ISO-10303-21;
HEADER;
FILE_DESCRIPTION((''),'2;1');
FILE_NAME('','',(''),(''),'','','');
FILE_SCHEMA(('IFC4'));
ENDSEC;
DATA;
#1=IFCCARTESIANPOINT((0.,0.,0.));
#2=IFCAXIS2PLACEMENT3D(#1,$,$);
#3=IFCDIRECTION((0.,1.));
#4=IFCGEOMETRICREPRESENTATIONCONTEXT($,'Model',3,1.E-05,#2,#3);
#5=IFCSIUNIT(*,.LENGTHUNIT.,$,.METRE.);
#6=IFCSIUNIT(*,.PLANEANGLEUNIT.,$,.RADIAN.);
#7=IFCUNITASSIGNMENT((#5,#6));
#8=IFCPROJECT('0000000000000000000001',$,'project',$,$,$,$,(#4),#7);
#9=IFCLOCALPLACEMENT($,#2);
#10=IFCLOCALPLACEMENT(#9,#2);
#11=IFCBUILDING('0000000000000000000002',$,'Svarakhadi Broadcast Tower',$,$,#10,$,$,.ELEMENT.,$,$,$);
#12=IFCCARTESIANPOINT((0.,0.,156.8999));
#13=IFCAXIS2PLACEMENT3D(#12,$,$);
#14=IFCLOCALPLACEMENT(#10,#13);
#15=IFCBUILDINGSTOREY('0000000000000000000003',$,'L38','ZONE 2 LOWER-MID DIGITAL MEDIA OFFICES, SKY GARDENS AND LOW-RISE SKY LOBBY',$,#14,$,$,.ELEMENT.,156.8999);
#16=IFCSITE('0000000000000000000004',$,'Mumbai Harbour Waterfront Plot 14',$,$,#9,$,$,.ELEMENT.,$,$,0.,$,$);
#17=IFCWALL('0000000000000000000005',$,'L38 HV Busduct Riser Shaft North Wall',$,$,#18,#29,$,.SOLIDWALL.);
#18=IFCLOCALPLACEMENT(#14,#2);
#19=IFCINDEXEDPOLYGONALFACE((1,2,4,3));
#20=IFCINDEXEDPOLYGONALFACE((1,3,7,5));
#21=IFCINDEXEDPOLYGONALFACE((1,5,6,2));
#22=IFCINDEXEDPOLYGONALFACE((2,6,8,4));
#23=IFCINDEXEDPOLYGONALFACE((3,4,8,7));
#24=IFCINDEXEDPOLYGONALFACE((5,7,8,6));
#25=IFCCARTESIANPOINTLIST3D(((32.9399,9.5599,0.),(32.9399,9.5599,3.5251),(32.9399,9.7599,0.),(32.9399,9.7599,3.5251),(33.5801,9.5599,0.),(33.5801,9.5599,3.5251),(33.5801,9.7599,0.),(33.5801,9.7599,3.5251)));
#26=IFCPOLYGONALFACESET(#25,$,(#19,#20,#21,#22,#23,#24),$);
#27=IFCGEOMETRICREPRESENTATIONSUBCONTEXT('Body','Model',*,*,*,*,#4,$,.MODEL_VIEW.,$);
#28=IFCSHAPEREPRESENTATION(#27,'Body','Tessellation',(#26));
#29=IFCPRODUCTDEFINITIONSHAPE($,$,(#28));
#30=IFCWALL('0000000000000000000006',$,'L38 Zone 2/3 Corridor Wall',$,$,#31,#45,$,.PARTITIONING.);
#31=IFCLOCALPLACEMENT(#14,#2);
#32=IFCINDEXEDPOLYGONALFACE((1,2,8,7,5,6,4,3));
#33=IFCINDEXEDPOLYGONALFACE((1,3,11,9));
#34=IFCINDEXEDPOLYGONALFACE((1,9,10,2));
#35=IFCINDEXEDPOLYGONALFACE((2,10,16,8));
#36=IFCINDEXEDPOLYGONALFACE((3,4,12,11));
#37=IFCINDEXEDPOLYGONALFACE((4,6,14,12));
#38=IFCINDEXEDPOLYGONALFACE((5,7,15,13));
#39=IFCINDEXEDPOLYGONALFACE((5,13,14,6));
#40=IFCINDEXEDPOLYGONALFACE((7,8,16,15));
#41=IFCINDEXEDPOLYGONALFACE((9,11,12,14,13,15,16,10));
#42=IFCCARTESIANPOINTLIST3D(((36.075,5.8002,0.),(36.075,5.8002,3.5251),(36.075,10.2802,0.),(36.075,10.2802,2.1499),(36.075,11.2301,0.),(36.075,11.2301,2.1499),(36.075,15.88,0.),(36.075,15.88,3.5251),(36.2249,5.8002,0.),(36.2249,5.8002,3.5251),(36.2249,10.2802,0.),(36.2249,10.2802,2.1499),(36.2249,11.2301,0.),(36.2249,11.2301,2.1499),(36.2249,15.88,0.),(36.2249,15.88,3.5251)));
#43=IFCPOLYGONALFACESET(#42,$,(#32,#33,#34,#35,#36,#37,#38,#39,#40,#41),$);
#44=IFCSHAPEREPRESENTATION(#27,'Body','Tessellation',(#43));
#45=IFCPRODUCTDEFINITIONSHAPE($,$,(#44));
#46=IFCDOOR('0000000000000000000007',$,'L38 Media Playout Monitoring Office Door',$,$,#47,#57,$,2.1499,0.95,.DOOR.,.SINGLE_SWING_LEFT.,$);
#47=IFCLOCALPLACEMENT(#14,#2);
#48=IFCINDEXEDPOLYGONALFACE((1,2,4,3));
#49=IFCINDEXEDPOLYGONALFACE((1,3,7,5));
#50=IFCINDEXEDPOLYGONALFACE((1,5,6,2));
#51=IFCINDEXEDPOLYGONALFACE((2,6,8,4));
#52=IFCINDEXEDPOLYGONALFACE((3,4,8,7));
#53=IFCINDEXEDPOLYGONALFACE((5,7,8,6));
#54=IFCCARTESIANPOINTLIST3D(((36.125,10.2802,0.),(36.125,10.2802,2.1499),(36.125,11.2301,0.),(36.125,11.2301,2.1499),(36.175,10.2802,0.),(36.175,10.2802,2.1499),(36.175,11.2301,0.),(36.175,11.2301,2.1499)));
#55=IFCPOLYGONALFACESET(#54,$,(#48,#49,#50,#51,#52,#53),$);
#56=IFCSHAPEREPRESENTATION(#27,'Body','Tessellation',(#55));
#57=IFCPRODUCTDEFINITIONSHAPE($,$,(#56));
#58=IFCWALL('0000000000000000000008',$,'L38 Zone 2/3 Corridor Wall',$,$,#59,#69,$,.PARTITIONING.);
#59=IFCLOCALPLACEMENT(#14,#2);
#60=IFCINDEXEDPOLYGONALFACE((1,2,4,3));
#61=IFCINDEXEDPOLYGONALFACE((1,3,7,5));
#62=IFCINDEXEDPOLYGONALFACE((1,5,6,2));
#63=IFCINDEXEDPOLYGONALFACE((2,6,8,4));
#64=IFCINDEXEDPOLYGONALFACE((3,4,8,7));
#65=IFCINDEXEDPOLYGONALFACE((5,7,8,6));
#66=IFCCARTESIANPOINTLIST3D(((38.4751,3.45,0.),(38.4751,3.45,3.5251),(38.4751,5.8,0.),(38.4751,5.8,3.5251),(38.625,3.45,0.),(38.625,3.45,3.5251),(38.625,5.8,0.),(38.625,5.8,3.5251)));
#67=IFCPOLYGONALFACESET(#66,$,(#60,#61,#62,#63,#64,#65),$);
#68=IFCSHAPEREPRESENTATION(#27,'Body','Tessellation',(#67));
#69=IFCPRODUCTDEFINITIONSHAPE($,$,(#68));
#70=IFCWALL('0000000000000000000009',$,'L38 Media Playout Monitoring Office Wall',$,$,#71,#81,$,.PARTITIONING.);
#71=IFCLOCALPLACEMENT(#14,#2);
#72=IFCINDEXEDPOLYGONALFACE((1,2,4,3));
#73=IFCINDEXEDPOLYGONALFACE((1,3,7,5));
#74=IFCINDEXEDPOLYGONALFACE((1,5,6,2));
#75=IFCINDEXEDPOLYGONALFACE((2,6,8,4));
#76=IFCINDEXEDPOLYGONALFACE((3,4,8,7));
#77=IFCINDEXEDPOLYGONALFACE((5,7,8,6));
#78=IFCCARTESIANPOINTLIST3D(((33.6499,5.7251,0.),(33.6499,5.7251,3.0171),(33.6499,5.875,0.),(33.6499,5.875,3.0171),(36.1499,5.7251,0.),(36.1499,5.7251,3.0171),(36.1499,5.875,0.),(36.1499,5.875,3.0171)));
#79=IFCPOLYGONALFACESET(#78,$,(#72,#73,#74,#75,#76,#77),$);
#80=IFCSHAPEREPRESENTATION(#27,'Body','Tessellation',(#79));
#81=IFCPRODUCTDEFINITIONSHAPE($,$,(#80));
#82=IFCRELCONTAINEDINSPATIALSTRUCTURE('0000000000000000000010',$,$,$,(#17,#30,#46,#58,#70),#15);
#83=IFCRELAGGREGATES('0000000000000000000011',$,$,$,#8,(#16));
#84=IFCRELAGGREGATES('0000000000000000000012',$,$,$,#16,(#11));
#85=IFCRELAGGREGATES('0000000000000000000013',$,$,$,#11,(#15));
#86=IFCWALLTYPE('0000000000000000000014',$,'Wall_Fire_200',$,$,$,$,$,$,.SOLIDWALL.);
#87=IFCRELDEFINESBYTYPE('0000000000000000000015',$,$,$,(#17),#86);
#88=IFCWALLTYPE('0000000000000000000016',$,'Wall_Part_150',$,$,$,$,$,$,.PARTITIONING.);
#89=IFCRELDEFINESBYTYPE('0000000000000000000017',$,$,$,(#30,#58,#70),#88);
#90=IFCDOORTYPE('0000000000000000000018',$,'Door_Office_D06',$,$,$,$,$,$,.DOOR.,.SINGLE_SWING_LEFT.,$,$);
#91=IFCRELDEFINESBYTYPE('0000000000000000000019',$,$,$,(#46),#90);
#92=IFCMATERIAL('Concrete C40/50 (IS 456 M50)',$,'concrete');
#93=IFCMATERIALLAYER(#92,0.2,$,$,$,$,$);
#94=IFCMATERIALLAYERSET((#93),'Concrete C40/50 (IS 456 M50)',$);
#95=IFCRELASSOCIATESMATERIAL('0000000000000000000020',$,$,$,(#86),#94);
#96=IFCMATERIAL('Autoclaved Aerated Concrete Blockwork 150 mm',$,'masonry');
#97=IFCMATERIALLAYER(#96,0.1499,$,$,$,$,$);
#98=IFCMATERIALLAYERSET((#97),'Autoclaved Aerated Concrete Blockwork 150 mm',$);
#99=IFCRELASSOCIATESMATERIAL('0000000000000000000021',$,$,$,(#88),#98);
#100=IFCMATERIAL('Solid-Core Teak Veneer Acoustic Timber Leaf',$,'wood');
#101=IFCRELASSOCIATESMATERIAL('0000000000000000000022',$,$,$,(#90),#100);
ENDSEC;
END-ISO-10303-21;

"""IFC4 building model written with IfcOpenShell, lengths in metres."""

from ifc_helpers import new_model, si_unit, direction, frame, frame_2d, origin, place, context, subcontext, project, spatial, rectangle, extrude, material, layer, layer_set, type_object, element, fill, save


model = new_model("IFC4")

# Units and contexts
model_context = context("Model", 3, precision=1e-05, world=origin(), true_north=direction((0.0, 1.0)))
body_context = subcontext(model_context, "Body", "Model", "MODEL_VIEW")
ifc_project = project(units=[si_unit("LENGTHUNIT", "METRE"), si_unit("PLANEANGLEUNIT", "RADIAN")], contexts=[model_context])

# Site, building, storey
site_placement = place(None, origin())
site = spatial("IfcSite", under=ifc_project, at=site_placement, Name="Mumbai Harbour Waterfront Plot 14", CompositionType="ELEMENT", RefElevation=0.0)
building_placement = place(site_placement, origin())
building = spatial("IfcBuilding", under=site, at=building_placement, Name="Svarakhadi Broadcast Tower", CompositionType="ELEMENT")
storey_placement = place(building_placement, frame((0.0, 0.0, 156.8999)))
storey = spatial("IfcBuildingStorey", under=building, at=storey_placement, Name="L38", Description="ZONE 2 LOWER-MID DIGITAL MEDIA OFFICES, SKY GARDENS AND LOW-RISE SKY LOBBY", CompositionType="ELEMENT", Elevation=156.8999)

# Wall
ifc_material_1 = material(Name="Concrete C40/50 (IS 456 M50)", Category="concrete")
ifc_layer_1 = layer(ifc_material_1, 0.2)
ifc_layer_set_1 = layer_set([ifc_layer_1], Name="Concrete C40/50 (IS 456 M50)")
wall_type_1 = type_object("IfcWallType", Name="Wall_Fire_200", PredefinedType="SOLIDWALL", material=ifc_layer_set_1)
wall_1_placement = place(storey_placement, frame((32.9399, 9.6599, 0.0), z_axis=(0.0, 0.0, 1.0), x_axis=(1.0, 0.0, 0.0)))
element("IfcWall", 1, at=wall_1_placement, inside=storey, type_object=wall_type_1, Name="L38 HV Busduct Riser Shaft North Wall", PredefinedType="SOLIDWALL", context=body_context, shape_type="SweptSolid", body=[
    extrude(rectangle(XDim=0.6401, YDim=0.2, at=frame_2d((0.3201, 0.0))), origin(), (0.0, 0.0, 1.0), 3.5251),
])

# Wall, opening, door
ifc_material_2 = material(Name="Autoclaved Aerated Concrete Blockwork 150 mm", Category="masonry")
ifc_layer_2 = layer(ifc_material_2, 0.1499)
ifc_layer_set_2 = layer_set([ifc_layer_2], Name="Autoclaved Aerated Concrete Blockwork 150 mm")
wall_type_2 = type_object("IfcWallType", Name="Wall_Part_150", PredefinedType="PARTITIONING", material=ifc_layer_set_2)
wall_2_placement = place(storey_placement, frame((36.1499, 5.8, 0.0), z_axis=(0.0, 0.0, 1.0), x_axis=(0.0, 1.0, 0.0)))
wall_2 = element("IfcWall", 2, at=wall_2_placement, inside=storey, type_object=wall_type_2, Name="L38 Zone 2/3 Corridor Wall", PredefinedType="PARTITIONING", context=body_context, shape_type="SweptSolid", body=[
    extrude(rectangle(XDim=10.0798, YDim=0.1499, at=frame_2d((5.04, 0.0))), origin(), (0.0, 0.0, 1.0), 3.5251),
])
opening_1_placement = place(wall_2_placement, frame((4.48, 0.0, 0.0)))
opening_1 = element("IfcOpeningElement", 3, at=opening_1_placement, cuts=wall_2, PredefinedType="OPENING", context=body_context, shape_type="SweptSolid", body=[
    extrude(rectangle(XDim=0.95, YDim=2.1499, at=frame_2d((0.4751, 1.075))), frame((0.0, 0.085, 0.0), z_axis=(0.0, -1.0, 0.0), x_axis=(1.0, 0.0, 0.0)), (0.0, 0.0, 1.0), 0.1699),
])
ifc_material_3 = material(Name="Solid-Core Teak Veneer Acoustic Timber Leaf", Category="wood")
door_type_1 = type_object("IfcDoorType", Name="Door_Office_D06", OperationType="SINGLE_SWING_LEFT", PredefinedType="DOOR", material=ifc_material_3)
door_1_placement = place(opening_1_placement, origin())
door_1 = element("IfcDoor", 4, at=door_1_placement, inside=storey, type_object=door_type_1, Name="L38 Media Playout Monitoring Office Door", OperationType="SINGLE_SWING_LEFT", OverallHeight=2.1499, OverallWidth=0.95, PredefinedType="DOOR", context=body_context, shape_type="SweptSolid", body=[
    extrude(rectangle(XDim=0.95, YDim=2.1499, at=frame_2d((0.4751, 1.075))), frame((0.0, 0.0249, 0.0), z_axis=(0.0, -1.0, 0.0), x_axis=(1.0, 0.0, 0.0)), (0.0, 0.0, 1.0), 0.05),
])
fill(opening_1, door_1)

# Wall
wall_3_placement = place(storey_placement, frame((38.55, 5.8, 0.0), z_axis=(0.0, 0.0, 1.0), x_axis=(0.0, -1.0, 0.0)))
element("IfcWall", 5, at=wall_3_placement, inside=storey, type_object=wall_type_2, Name="L38 Zone 2/3 Corridor Wall", PredefinedType="PARTITIONING", context=body_context, shape_type="SweptSolid", body=[
    extrude(rectangle(XDim=2.3501, YDim=0.1499, at=frame_2d((1.175, 0.0))), origin(), (0.0, 0.0, 1.0), 3.5251),
])

# Wall
wall_4_placement = place(storey_placement, frame((33.6499, 5.8, 0.0), z_axis=(0.0, 0.0, 1.0), x_axis=(1.0, 0.0, 0.0)))
element("IfcWall", 6, at=wall_4_placement, inside=storey, type_object=wall_type_2, Name="L38 Media Playout Monitoring Office Wall", PredefinedType="PARTITIONING", context=body_context, shape_type="SweptSolid", body=[
    extrude(rectangle(XDim=2.5, YDim=0.1499, at=frame_2d((1.25, 0.0))), origin(), (0.0, 0.0, 1.0), 3.0171),
])

save(model, "model.ifc")
